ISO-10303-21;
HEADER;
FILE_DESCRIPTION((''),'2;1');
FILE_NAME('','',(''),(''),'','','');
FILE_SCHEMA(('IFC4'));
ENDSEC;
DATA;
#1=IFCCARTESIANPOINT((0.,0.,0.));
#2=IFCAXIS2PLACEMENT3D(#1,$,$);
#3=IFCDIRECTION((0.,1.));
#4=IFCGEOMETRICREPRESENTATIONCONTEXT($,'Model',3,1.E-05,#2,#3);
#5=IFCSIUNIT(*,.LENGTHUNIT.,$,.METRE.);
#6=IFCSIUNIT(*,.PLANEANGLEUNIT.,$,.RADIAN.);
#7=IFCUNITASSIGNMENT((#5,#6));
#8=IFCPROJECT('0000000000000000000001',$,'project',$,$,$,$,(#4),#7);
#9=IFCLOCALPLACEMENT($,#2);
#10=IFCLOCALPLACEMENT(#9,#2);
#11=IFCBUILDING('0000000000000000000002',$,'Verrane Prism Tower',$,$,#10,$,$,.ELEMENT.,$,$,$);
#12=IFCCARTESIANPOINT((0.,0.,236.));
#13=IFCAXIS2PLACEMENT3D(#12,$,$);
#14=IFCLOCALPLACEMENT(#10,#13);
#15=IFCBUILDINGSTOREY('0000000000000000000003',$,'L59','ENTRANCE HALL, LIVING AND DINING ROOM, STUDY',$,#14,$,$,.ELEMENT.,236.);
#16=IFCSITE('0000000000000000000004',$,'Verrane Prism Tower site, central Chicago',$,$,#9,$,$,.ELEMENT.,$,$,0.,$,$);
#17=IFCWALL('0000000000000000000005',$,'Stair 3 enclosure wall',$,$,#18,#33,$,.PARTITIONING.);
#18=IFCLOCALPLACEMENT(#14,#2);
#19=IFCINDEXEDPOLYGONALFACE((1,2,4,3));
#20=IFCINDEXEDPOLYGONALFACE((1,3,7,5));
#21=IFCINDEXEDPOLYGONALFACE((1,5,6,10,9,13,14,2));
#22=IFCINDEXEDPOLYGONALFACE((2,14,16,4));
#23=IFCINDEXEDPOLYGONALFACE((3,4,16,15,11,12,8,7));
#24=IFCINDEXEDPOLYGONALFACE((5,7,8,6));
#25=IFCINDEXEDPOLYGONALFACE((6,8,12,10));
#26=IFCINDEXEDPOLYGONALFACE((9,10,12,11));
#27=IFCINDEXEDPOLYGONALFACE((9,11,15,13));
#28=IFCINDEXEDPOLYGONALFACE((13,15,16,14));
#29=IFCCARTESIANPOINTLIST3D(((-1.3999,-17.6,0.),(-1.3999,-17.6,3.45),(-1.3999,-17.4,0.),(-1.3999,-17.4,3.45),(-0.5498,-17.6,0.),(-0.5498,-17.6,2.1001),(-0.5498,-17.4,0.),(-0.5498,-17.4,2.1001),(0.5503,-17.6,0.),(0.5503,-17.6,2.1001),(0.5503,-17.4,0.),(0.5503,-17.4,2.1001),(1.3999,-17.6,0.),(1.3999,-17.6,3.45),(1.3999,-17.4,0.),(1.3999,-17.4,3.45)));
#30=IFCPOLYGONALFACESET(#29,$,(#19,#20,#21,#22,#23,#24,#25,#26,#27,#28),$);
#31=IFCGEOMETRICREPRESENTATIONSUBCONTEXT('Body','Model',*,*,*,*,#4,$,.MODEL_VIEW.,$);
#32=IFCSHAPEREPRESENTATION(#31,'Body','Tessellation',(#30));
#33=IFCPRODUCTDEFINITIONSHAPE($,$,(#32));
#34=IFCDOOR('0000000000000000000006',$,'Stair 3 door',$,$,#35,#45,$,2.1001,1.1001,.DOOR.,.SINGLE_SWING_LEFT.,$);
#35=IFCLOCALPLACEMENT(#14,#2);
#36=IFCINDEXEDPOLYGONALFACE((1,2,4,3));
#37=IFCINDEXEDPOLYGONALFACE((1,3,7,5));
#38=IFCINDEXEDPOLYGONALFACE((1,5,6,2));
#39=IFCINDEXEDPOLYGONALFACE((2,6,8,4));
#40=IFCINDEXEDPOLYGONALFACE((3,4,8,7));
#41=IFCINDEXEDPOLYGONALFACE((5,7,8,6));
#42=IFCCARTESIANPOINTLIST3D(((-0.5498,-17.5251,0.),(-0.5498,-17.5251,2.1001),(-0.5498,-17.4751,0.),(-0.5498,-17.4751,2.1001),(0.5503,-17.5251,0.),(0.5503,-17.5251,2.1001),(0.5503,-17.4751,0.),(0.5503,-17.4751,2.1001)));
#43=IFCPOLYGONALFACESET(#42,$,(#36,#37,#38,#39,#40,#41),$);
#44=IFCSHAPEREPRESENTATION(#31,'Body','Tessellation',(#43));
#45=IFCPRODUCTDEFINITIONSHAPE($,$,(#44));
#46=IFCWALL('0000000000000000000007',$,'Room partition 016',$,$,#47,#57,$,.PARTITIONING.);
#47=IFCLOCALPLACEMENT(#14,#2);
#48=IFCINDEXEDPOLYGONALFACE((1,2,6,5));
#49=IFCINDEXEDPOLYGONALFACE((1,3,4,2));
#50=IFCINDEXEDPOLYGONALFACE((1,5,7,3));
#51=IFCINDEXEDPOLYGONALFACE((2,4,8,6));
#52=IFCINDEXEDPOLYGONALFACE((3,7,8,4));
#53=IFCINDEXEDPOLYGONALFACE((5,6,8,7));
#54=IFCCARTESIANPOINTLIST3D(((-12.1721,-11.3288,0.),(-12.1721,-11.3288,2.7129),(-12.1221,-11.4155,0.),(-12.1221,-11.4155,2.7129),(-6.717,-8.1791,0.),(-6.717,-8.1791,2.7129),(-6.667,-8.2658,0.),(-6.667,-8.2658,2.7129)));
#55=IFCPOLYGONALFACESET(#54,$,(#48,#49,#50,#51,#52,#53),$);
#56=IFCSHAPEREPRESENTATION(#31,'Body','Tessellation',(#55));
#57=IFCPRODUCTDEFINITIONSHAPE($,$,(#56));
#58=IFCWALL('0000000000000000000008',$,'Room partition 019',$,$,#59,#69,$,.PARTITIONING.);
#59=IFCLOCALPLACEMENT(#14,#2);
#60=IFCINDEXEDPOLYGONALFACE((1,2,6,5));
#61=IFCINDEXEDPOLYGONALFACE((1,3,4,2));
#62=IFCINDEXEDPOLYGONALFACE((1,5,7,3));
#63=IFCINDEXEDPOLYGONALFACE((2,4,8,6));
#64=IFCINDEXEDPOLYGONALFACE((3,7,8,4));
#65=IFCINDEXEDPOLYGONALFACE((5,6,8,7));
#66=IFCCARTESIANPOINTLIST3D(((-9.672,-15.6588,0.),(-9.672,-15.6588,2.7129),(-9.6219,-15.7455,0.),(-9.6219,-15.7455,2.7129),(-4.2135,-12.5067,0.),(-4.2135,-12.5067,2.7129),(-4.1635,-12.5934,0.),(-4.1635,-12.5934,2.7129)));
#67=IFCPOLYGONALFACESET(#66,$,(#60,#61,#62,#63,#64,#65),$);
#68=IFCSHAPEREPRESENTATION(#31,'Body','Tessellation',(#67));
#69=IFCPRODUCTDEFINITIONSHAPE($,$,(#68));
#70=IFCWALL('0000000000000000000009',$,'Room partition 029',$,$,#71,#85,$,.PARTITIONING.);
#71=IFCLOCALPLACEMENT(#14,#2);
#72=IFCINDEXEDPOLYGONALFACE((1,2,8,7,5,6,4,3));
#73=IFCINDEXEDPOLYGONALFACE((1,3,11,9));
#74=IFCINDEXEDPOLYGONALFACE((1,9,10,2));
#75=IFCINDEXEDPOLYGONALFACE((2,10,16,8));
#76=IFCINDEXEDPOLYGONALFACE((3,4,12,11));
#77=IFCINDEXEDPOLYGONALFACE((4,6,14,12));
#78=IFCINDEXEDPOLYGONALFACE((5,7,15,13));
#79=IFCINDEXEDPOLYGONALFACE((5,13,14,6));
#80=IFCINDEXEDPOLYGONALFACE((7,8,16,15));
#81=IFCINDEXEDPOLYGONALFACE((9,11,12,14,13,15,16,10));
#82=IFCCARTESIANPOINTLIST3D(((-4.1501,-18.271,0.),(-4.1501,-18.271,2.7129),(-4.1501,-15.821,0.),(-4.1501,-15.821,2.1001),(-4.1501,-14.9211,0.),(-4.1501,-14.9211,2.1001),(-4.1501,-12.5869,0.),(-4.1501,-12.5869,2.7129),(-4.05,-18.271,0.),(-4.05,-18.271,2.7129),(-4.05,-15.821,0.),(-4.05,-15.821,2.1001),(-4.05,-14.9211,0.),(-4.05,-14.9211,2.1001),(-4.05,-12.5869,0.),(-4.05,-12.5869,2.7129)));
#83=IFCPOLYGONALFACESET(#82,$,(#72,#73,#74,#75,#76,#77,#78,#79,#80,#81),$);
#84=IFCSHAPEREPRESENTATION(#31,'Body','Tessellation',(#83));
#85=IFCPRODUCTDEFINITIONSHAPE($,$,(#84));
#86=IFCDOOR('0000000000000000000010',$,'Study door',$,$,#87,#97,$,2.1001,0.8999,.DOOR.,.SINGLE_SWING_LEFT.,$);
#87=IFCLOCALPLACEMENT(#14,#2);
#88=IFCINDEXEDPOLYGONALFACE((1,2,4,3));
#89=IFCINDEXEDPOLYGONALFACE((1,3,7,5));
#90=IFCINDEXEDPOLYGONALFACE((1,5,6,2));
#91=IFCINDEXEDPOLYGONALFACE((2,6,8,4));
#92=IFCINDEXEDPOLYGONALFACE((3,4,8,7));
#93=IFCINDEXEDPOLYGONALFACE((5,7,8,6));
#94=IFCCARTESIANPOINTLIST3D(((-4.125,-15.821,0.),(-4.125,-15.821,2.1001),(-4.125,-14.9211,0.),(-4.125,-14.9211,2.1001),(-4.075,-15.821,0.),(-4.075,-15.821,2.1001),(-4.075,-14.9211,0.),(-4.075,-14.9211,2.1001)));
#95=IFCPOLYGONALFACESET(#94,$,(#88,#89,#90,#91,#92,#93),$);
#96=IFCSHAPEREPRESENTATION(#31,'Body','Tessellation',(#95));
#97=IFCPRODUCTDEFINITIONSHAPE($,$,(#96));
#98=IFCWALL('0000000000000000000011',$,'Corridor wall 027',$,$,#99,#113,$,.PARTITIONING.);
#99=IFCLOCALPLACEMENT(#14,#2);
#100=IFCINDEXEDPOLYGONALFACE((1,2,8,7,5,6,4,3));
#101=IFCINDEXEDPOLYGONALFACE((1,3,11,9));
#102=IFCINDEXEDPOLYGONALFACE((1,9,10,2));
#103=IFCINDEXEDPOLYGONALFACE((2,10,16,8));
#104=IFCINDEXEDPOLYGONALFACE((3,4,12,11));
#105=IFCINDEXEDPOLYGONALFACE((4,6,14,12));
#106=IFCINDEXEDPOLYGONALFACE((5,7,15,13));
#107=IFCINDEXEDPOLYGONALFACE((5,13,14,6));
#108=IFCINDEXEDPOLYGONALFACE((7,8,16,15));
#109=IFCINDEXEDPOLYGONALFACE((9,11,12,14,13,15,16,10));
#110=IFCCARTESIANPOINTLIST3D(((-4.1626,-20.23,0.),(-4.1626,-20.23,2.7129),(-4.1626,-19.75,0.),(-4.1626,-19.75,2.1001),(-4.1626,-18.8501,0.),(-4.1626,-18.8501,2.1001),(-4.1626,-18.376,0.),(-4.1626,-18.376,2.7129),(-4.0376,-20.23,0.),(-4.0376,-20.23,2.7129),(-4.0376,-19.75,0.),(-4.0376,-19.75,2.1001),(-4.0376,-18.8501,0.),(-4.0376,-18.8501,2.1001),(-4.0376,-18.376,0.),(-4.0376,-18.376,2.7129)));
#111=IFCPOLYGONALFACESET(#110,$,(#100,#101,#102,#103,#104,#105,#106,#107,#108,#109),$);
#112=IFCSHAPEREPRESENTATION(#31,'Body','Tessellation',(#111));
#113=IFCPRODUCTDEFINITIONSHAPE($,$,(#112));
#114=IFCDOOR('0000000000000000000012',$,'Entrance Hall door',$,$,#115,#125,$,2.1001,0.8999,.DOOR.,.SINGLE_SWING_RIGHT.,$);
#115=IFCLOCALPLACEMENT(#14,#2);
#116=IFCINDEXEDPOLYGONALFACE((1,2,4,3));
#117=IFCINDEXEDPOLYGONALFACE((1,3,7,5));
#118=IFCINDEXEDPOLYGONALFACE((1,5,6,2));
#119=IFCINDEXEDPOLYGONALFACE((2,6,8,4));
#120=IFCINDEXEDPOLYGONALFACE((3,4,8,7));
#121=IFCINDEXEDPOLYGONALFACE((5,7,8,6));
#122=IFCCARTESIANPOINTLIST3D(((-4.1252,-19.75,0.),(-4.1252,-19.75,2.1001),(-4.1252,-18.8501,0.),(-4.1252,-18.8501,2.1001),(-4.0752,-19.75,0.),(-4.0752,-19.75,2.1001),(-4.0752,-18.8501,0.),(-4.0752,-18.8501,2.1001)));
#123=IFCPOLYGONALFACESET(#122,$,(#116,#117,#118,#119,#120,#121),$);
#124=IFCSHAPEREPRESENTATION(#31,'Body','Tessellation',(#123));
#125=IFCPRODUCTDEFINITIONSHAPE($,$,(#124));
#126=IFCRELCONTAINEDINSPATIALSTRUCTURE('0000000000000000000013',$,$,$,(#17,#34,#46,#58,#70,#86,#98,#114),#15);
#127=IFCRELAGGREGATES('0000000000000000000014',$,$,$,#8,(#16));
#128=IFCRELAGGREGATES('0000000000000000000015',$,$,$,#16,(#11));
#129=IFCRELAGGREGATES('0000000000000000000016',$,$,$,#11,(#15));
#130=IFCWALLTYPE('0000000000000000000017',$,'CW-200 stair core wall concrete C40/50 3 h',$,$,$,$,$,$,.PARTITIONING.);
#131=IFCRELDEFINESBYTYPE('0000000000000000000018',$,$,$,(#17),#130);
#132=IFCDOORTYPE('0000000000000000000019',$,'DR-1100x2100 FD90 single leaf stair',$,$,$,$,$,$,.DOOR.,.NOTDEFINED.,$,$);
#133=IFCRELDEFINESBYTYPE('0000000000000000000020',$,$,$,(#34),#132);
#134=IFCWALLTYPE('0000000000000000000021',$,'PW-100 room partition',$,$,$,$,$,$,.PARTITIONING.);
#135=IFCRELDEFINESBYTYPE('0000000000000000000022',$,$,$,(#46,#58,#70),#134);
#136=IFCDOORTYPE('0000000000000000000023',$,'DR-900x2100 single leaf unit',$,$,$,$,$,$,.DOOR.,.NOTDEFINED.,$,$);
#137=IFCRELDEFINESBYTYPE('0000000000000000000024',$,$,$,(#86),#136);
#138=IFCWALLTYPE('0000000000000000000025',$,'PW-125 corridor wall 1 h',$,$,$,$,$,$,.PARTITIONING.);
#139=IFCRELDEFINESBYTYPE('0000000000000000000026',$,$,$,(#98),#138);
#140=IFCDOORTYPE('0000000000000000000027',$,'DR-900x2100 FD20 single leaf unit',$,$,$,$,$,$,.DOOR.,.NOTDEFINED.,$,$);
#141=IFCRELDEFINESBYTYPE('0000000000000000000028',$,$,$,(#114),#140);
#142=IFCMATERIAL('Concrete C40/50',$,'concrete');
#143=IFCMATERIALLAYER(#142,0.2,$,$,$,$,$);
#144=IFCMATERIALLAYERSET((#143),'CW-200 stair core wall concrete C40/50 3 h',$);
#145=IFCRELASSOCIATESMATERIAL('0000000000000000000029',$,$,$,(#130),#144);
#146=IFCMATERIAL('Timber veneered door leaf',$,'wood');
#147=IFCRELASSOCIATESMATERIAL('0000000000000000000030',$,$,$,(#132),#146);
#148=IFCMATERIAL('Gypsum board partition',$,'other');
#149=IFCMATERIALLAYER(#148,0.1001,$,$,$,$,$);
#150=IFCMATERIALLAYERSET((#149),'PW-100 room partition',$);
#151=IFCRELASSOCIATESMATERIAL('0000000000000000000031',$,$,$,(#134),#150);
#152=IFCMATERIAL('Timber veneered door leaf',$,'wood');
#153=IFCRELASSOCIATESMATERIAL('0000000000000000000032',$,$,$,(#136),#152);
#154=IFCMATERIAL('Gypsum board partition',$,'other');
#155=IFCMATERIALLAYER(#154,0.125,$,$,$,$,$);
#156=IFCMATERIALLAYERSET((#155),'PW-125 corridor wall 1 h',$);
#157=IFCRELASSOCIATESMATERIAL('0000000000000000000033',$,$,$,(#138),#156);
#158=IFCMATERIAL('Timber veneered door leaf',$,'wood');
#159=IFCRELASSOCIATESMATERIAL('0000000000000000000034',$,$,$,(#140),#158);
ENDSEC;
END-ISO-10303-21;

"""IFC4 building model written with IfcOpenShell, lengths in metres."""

from ifc_helpers import new_model, si_unit, direction, frame, frame_2d, origin, place, context, subcontext, project, spatial, rectangle, extrude, material, layer, layer_set, type_object, element, fill, save


model = new_model("IFC4")

# Units and contexts
model_context = context("Model", 3, precision=1e-05, world=origin(), true_north=direction((0.0, 1.0)))
body_context = subcontext(model_context, "Body", "Model", "MODEL_VIEW")
ifc_project = project(units=[si_unit("LENGTHUNIT", "METRE"), si_unit("PLANEANGLEUNIT", "RADIAN")], contexts=[model_context])

# Site, building, storey
site_placement = place(None, origin())
site = spatial("IfcSite", under=ifc_project, at=site_placement, Name="Verrane Prism Tower site, central Chicago", CompositionType="ELEMENT", RefElevation=0.0)
building_placement = place(site_placement, origin())
building = spatial("IfcBuilding", under=site, at=building_placement, Name="Verrane Prism Tower", CompositionType="ELEMENT")
storey_placement = place(building_placement, frame((0.0, 0.0, 236.0)))
storey = spatial("IfcBuildingStorey", under=building, at=storey_placement, Name="L59", Description="ENTRANCE HALL, LIVING AND DINING ROOM, STUDY", CompositionType="ELEMENT", Elevation=236.0)

# Wall, opening, door
ifc_material_1 = material(Name="Concrete C40/50", Category="concrete")
ifc_layer_1 = layer(ifc_material_1, 0.2)
ifc_layer_set_1 = layer_set([ifc_layer_1], Name="CW-200 stair core wall concrete C40/50 3 h")
wall_type_1 = type_object("IfcWallType", Name="CW-200 stair core wall concrete C40/50 3 h", PredefinedType="PARTITIONING", material=ifc_layer_set_1)
wall_1_placement = place(storey_placement, frame((-1.3999, -17.5, 0.0), z_axis=(0.0, 0.0, 1.0), x_axis=(1.0, 0.0, 0.0)))
wall_1 = element("IfcWall", 1, at=wall_1_placement, inside=storey, type_object=wall_type_1, Name="Stair 3 enclosure wall", PredefinedType="PARTITIONING", context=body_context, shape_type="SweptSolid", body=[
    extrude(rectangle(XDim=2.7998, YDim=0.2, at=frame_2d((1.3999, 0.0))), origin(), (0.0, 0.0, 1.0), 3.45),
])
opening_1_placement = place(wall_1_placement, frame((0.8501, 0.0, 0.0)))
opening_1 = element("IfcOpeningElement", 2, at=opening_1_placement, cuts=wall_1, PredefinedType="OPENING", context=body_context, shape_type="SweptSolid", body=[
    extrude(rectangle(XDim=1.1001, YDim=2.1001, at=frame_2d((0.55, 1.05))), frame((0.0, 0.1099, 0.0), z_axis=(0.0, -1.0, 0.0), x_axis=(1.0, 0.0, 0.0)), (0.0, 0.0, 1.0), 0.22),
])
ifc_material_2 = material(Name="Timber veneered door leaf", Category="wood")
door_type_1 = type_object("IfcDoorType", Name="DR-1100x2100 FD90 single leaf stair", OperationType="NOTDEFINED", PredefinedType="DOOR", material=ifc_material_2)
door_1_placement = place(opening_1_placement, origin())
door_1 = element("IfcDoor", 3, at=door_1_placement, inside=storey, type_object=door_type_1, Name="Stair 3 door", OperationType="SINGLE_SWING_LEFT", OverallHeight=2.1001, OverallWidth=1.1001, PredefinedType="DOOR", context=body_context, shape_type="SweptSolid", body=[
    extrude(rectangle(XDim=1.1001, YDim=2.1001, at=frame_2d((0.55, 1.05))), frame((0.0, 0.0249, 0.0), z_axis=(0.0, -1.0, 0.0), x_axis=(1.0, 0.0, 0.0)), (0.0, 0.0, 1.0), 0.05),
])
fill(opening_1, door_1)

# Walls
ifc_material_3 = material(Name="Gypsum board partition", Category="other")
ifc_layer_2 = layer(ifc_material_3, 0.1001)
ifc_layer_set_2 = layer_set([ifc_layer_2], Name="PW-100 room partition")
wall_type_2 = type_object("IfcWallType", Name="PW-100 room partition", PredefinedType="PARTITIONING", material=ifc_layer_set_2)
wall_2_placement = place(storey_placement, frame((-12.147, -11.3721, 0.0), z_axis=(0.0, 0.0, 1.0), x_axis=(0.866014, 0.50002, 0.0)))
element("IfcWall", 4, at=wall_2_placement, inside=storey, type_object=wall_type_2, Name="Room partition 016", PredefinedType="PARTITIONING", context=body_context, shape_type="SweptSolid", body=[
    extrude(rectangle(XDim=6.2991, YDim=0.1001, at=frame_2d((3.1494, 0.0))), origin(), (0.0, 0.0, 1.0), 2.7129),
])
wall_3_placement = place(storey_placement, frame((-9.647, -15.7021, 0.0), z_axis=(0.0, 0.0, 1.0), x_axis=(0.865982, 0.500076, 0.0)))
element("IfcWall", 5, at=wall_3_placement, inside=storey, type_object=wall_type_2, Name="Room partition 019", PredefinedType="PARTITIONING", context=body_context, shape_type="SweptSolid", body=[
    extrude(rectangle(XDim=6.3032, YDim=0.1001, at=frame_2d((3.1516, 0.0))), origin(), (0.0, 0.0, 1.0), 2.7129),
])

# Walls, openings, doors
wall_4_placement = place(storey_placement, frame((-4.1001, -18.271, 0.0), z_axis=(0.0, 0.0, 1.0), x_axis=(0.0, 1.0, 0.0)))
wall_4 = element("IfcWall", 6, at=wall_4_placement, inside=storey, type_object=wall_type_2, Name="Room partition 029", PredefinedType="PARTITIONING", context=body_context, shape_type="SweptSolid", body=[
    extrude(rectangle(XDim=5.6841, YDim=0.1001, at=frame_2d((2.842, 0.0))), origin(), (0.0, 0.0, 1.0), 2.7129),
])
opening_2_placement = place(wall_4_placement, frame((2.45, 0.0, 0.0)))
opening_2 = element("IfcOpeningElement", 7, at=opening_2_placement, cuts=wall_4, PredefinedType="OPENING", context=body_context, shape_type="SweptSolid", body=[
    extrude(rectangle(XDim=0.8999, YDim=2.1001, at=frame_2d((0.45, 1.05))), frame((0.0, 0.0601, 0.0), z_axis=(0.0, -1.0, 0.0), x_axis=(1.0, 0.0, 0.0)), (0.0, 0.0, 1.0), 0.1201),
])
ifc_material_4 = material(Name="Timber veneered door leaf", Category="wood")
door_type_2 = type_object("IfcDoorType", Name="DR-900x2100 single leaf unit", OperationType="NOTDEFINED", PredefinedType="DOOR", material=ifc_material_4)
door_2_placement = place(opening_2_placement, origin())
door_2 = element("IfcDoor", 8, at=door_2_placement, inside=storey, type_object=door_type_2, Name="Study door", OperationType="SINGLE_SWING_LEFT", OverallHeight=2.1001, OverallWidth=0.8999, PredefinedType="DOOR", context=body_context, shape_type="SweptSolid", body=[
    extrude(rectangle(XDim=0.8999, YDim=2.1001, at=frame_2d((0.45, 1.05))), frame((0.0, 0.0249, 0.0), z_axis=(0.0, -1.0, 0.0), x_axis=(1.0, 0.0, 0.0)), (0.0, 0.0, 1.0), 0.05),
])
fill(opening_2, door_2)
ifc_material_5 = material(Name="Gypsum board partition", Category="other")
ifc_layer_3 = layer(ifc_material_5, 0.125)
ifc_layer_set_3 = layer_set([ifc_layer_3], Name="PW-125 corridor wall 1 h")
wall_type_3 = type_object("IfcWallType", Name="PW-125 corridor wall 1 h", PredefinedType="PARTITIONING", material=ifc_layer_set_3)
wall_5_placement = place(storey_placement, frame((-4.1001, -18.376, 0.0), z_axis=(0.0, 0.0, 1.0), x_axis=(0.0, -1.0, 0.0)))
wall_5 = element("IfcWall", 9, at=wall_5_placement, inside=storey, type_object=wall_type_3, Name="Corridor wall 027", PredefinedType="PARTITIONING", context=body_context, shape_type="SweptSolid", body=[
    extrude(rectangle(XDim=1.854, YDim=0.125, at=frame_2d((0.927, 0.0))), origin(), (0.0, 0.0, 1.0), 2.7129),
])
opening_3_placement = place(wall_5_placement, frame((0.4741, 0.0, 0.0)))
opening_3 = element("IfcOpeningElement", 10, at=opening_3_placement, cuts=wall_5, PredefinedType="OPENING", context=body_context, shape_type="SweptSolid", body=[
    extrude(rectangle(XDim=0.8999, YDim=2.1001, at=frame_2d((0.45, 1.05))), frame((0.0, 0.0725, 0.0), z_axis=(0.0, -1.0, 0.0), x_axis=(1.0, 0.0, 0.0)), (0.0, 0.0, 1.0), 0.145),
])
ifc_material_6 = material(Name="Timber veneered door leaf", Category="wood")
door_type_3 = type_object("IfcDoorType", Name="DR-900x2100 FD20 single leaf unit", OperationType="NOTDEFINED", PredefinedType="DOOR", material=ifc_material_6)
door_3_placement = place(opening_3_placement, origin())
door_3 = element("IfcDoor", 11, at=door_3_placement, inside=storey, type_object=door_type_3, Name="Entrance Hall door", OperationType="SINGLE_SWING_RIGHT", OverallHeight=2.1001, OverallWidth=0.8999, PredefinedType="DOOR", context=body_context, shape_type="SweptSolid", body=[
    extrude(rectangle(XDim=0.8999, YDim=2.1001, at=frame_2d((0.45, 1.05))), frame((0.0, 0.0249, 0.0), z_axis=(0.0, -1.0, 0.0), x_axis=(1.0, 0.0, 0.0)), (0.0, 0.0, 1.0), 0.05),
])
fill(opening_3, door_3)

save(model, "model.ifc")
